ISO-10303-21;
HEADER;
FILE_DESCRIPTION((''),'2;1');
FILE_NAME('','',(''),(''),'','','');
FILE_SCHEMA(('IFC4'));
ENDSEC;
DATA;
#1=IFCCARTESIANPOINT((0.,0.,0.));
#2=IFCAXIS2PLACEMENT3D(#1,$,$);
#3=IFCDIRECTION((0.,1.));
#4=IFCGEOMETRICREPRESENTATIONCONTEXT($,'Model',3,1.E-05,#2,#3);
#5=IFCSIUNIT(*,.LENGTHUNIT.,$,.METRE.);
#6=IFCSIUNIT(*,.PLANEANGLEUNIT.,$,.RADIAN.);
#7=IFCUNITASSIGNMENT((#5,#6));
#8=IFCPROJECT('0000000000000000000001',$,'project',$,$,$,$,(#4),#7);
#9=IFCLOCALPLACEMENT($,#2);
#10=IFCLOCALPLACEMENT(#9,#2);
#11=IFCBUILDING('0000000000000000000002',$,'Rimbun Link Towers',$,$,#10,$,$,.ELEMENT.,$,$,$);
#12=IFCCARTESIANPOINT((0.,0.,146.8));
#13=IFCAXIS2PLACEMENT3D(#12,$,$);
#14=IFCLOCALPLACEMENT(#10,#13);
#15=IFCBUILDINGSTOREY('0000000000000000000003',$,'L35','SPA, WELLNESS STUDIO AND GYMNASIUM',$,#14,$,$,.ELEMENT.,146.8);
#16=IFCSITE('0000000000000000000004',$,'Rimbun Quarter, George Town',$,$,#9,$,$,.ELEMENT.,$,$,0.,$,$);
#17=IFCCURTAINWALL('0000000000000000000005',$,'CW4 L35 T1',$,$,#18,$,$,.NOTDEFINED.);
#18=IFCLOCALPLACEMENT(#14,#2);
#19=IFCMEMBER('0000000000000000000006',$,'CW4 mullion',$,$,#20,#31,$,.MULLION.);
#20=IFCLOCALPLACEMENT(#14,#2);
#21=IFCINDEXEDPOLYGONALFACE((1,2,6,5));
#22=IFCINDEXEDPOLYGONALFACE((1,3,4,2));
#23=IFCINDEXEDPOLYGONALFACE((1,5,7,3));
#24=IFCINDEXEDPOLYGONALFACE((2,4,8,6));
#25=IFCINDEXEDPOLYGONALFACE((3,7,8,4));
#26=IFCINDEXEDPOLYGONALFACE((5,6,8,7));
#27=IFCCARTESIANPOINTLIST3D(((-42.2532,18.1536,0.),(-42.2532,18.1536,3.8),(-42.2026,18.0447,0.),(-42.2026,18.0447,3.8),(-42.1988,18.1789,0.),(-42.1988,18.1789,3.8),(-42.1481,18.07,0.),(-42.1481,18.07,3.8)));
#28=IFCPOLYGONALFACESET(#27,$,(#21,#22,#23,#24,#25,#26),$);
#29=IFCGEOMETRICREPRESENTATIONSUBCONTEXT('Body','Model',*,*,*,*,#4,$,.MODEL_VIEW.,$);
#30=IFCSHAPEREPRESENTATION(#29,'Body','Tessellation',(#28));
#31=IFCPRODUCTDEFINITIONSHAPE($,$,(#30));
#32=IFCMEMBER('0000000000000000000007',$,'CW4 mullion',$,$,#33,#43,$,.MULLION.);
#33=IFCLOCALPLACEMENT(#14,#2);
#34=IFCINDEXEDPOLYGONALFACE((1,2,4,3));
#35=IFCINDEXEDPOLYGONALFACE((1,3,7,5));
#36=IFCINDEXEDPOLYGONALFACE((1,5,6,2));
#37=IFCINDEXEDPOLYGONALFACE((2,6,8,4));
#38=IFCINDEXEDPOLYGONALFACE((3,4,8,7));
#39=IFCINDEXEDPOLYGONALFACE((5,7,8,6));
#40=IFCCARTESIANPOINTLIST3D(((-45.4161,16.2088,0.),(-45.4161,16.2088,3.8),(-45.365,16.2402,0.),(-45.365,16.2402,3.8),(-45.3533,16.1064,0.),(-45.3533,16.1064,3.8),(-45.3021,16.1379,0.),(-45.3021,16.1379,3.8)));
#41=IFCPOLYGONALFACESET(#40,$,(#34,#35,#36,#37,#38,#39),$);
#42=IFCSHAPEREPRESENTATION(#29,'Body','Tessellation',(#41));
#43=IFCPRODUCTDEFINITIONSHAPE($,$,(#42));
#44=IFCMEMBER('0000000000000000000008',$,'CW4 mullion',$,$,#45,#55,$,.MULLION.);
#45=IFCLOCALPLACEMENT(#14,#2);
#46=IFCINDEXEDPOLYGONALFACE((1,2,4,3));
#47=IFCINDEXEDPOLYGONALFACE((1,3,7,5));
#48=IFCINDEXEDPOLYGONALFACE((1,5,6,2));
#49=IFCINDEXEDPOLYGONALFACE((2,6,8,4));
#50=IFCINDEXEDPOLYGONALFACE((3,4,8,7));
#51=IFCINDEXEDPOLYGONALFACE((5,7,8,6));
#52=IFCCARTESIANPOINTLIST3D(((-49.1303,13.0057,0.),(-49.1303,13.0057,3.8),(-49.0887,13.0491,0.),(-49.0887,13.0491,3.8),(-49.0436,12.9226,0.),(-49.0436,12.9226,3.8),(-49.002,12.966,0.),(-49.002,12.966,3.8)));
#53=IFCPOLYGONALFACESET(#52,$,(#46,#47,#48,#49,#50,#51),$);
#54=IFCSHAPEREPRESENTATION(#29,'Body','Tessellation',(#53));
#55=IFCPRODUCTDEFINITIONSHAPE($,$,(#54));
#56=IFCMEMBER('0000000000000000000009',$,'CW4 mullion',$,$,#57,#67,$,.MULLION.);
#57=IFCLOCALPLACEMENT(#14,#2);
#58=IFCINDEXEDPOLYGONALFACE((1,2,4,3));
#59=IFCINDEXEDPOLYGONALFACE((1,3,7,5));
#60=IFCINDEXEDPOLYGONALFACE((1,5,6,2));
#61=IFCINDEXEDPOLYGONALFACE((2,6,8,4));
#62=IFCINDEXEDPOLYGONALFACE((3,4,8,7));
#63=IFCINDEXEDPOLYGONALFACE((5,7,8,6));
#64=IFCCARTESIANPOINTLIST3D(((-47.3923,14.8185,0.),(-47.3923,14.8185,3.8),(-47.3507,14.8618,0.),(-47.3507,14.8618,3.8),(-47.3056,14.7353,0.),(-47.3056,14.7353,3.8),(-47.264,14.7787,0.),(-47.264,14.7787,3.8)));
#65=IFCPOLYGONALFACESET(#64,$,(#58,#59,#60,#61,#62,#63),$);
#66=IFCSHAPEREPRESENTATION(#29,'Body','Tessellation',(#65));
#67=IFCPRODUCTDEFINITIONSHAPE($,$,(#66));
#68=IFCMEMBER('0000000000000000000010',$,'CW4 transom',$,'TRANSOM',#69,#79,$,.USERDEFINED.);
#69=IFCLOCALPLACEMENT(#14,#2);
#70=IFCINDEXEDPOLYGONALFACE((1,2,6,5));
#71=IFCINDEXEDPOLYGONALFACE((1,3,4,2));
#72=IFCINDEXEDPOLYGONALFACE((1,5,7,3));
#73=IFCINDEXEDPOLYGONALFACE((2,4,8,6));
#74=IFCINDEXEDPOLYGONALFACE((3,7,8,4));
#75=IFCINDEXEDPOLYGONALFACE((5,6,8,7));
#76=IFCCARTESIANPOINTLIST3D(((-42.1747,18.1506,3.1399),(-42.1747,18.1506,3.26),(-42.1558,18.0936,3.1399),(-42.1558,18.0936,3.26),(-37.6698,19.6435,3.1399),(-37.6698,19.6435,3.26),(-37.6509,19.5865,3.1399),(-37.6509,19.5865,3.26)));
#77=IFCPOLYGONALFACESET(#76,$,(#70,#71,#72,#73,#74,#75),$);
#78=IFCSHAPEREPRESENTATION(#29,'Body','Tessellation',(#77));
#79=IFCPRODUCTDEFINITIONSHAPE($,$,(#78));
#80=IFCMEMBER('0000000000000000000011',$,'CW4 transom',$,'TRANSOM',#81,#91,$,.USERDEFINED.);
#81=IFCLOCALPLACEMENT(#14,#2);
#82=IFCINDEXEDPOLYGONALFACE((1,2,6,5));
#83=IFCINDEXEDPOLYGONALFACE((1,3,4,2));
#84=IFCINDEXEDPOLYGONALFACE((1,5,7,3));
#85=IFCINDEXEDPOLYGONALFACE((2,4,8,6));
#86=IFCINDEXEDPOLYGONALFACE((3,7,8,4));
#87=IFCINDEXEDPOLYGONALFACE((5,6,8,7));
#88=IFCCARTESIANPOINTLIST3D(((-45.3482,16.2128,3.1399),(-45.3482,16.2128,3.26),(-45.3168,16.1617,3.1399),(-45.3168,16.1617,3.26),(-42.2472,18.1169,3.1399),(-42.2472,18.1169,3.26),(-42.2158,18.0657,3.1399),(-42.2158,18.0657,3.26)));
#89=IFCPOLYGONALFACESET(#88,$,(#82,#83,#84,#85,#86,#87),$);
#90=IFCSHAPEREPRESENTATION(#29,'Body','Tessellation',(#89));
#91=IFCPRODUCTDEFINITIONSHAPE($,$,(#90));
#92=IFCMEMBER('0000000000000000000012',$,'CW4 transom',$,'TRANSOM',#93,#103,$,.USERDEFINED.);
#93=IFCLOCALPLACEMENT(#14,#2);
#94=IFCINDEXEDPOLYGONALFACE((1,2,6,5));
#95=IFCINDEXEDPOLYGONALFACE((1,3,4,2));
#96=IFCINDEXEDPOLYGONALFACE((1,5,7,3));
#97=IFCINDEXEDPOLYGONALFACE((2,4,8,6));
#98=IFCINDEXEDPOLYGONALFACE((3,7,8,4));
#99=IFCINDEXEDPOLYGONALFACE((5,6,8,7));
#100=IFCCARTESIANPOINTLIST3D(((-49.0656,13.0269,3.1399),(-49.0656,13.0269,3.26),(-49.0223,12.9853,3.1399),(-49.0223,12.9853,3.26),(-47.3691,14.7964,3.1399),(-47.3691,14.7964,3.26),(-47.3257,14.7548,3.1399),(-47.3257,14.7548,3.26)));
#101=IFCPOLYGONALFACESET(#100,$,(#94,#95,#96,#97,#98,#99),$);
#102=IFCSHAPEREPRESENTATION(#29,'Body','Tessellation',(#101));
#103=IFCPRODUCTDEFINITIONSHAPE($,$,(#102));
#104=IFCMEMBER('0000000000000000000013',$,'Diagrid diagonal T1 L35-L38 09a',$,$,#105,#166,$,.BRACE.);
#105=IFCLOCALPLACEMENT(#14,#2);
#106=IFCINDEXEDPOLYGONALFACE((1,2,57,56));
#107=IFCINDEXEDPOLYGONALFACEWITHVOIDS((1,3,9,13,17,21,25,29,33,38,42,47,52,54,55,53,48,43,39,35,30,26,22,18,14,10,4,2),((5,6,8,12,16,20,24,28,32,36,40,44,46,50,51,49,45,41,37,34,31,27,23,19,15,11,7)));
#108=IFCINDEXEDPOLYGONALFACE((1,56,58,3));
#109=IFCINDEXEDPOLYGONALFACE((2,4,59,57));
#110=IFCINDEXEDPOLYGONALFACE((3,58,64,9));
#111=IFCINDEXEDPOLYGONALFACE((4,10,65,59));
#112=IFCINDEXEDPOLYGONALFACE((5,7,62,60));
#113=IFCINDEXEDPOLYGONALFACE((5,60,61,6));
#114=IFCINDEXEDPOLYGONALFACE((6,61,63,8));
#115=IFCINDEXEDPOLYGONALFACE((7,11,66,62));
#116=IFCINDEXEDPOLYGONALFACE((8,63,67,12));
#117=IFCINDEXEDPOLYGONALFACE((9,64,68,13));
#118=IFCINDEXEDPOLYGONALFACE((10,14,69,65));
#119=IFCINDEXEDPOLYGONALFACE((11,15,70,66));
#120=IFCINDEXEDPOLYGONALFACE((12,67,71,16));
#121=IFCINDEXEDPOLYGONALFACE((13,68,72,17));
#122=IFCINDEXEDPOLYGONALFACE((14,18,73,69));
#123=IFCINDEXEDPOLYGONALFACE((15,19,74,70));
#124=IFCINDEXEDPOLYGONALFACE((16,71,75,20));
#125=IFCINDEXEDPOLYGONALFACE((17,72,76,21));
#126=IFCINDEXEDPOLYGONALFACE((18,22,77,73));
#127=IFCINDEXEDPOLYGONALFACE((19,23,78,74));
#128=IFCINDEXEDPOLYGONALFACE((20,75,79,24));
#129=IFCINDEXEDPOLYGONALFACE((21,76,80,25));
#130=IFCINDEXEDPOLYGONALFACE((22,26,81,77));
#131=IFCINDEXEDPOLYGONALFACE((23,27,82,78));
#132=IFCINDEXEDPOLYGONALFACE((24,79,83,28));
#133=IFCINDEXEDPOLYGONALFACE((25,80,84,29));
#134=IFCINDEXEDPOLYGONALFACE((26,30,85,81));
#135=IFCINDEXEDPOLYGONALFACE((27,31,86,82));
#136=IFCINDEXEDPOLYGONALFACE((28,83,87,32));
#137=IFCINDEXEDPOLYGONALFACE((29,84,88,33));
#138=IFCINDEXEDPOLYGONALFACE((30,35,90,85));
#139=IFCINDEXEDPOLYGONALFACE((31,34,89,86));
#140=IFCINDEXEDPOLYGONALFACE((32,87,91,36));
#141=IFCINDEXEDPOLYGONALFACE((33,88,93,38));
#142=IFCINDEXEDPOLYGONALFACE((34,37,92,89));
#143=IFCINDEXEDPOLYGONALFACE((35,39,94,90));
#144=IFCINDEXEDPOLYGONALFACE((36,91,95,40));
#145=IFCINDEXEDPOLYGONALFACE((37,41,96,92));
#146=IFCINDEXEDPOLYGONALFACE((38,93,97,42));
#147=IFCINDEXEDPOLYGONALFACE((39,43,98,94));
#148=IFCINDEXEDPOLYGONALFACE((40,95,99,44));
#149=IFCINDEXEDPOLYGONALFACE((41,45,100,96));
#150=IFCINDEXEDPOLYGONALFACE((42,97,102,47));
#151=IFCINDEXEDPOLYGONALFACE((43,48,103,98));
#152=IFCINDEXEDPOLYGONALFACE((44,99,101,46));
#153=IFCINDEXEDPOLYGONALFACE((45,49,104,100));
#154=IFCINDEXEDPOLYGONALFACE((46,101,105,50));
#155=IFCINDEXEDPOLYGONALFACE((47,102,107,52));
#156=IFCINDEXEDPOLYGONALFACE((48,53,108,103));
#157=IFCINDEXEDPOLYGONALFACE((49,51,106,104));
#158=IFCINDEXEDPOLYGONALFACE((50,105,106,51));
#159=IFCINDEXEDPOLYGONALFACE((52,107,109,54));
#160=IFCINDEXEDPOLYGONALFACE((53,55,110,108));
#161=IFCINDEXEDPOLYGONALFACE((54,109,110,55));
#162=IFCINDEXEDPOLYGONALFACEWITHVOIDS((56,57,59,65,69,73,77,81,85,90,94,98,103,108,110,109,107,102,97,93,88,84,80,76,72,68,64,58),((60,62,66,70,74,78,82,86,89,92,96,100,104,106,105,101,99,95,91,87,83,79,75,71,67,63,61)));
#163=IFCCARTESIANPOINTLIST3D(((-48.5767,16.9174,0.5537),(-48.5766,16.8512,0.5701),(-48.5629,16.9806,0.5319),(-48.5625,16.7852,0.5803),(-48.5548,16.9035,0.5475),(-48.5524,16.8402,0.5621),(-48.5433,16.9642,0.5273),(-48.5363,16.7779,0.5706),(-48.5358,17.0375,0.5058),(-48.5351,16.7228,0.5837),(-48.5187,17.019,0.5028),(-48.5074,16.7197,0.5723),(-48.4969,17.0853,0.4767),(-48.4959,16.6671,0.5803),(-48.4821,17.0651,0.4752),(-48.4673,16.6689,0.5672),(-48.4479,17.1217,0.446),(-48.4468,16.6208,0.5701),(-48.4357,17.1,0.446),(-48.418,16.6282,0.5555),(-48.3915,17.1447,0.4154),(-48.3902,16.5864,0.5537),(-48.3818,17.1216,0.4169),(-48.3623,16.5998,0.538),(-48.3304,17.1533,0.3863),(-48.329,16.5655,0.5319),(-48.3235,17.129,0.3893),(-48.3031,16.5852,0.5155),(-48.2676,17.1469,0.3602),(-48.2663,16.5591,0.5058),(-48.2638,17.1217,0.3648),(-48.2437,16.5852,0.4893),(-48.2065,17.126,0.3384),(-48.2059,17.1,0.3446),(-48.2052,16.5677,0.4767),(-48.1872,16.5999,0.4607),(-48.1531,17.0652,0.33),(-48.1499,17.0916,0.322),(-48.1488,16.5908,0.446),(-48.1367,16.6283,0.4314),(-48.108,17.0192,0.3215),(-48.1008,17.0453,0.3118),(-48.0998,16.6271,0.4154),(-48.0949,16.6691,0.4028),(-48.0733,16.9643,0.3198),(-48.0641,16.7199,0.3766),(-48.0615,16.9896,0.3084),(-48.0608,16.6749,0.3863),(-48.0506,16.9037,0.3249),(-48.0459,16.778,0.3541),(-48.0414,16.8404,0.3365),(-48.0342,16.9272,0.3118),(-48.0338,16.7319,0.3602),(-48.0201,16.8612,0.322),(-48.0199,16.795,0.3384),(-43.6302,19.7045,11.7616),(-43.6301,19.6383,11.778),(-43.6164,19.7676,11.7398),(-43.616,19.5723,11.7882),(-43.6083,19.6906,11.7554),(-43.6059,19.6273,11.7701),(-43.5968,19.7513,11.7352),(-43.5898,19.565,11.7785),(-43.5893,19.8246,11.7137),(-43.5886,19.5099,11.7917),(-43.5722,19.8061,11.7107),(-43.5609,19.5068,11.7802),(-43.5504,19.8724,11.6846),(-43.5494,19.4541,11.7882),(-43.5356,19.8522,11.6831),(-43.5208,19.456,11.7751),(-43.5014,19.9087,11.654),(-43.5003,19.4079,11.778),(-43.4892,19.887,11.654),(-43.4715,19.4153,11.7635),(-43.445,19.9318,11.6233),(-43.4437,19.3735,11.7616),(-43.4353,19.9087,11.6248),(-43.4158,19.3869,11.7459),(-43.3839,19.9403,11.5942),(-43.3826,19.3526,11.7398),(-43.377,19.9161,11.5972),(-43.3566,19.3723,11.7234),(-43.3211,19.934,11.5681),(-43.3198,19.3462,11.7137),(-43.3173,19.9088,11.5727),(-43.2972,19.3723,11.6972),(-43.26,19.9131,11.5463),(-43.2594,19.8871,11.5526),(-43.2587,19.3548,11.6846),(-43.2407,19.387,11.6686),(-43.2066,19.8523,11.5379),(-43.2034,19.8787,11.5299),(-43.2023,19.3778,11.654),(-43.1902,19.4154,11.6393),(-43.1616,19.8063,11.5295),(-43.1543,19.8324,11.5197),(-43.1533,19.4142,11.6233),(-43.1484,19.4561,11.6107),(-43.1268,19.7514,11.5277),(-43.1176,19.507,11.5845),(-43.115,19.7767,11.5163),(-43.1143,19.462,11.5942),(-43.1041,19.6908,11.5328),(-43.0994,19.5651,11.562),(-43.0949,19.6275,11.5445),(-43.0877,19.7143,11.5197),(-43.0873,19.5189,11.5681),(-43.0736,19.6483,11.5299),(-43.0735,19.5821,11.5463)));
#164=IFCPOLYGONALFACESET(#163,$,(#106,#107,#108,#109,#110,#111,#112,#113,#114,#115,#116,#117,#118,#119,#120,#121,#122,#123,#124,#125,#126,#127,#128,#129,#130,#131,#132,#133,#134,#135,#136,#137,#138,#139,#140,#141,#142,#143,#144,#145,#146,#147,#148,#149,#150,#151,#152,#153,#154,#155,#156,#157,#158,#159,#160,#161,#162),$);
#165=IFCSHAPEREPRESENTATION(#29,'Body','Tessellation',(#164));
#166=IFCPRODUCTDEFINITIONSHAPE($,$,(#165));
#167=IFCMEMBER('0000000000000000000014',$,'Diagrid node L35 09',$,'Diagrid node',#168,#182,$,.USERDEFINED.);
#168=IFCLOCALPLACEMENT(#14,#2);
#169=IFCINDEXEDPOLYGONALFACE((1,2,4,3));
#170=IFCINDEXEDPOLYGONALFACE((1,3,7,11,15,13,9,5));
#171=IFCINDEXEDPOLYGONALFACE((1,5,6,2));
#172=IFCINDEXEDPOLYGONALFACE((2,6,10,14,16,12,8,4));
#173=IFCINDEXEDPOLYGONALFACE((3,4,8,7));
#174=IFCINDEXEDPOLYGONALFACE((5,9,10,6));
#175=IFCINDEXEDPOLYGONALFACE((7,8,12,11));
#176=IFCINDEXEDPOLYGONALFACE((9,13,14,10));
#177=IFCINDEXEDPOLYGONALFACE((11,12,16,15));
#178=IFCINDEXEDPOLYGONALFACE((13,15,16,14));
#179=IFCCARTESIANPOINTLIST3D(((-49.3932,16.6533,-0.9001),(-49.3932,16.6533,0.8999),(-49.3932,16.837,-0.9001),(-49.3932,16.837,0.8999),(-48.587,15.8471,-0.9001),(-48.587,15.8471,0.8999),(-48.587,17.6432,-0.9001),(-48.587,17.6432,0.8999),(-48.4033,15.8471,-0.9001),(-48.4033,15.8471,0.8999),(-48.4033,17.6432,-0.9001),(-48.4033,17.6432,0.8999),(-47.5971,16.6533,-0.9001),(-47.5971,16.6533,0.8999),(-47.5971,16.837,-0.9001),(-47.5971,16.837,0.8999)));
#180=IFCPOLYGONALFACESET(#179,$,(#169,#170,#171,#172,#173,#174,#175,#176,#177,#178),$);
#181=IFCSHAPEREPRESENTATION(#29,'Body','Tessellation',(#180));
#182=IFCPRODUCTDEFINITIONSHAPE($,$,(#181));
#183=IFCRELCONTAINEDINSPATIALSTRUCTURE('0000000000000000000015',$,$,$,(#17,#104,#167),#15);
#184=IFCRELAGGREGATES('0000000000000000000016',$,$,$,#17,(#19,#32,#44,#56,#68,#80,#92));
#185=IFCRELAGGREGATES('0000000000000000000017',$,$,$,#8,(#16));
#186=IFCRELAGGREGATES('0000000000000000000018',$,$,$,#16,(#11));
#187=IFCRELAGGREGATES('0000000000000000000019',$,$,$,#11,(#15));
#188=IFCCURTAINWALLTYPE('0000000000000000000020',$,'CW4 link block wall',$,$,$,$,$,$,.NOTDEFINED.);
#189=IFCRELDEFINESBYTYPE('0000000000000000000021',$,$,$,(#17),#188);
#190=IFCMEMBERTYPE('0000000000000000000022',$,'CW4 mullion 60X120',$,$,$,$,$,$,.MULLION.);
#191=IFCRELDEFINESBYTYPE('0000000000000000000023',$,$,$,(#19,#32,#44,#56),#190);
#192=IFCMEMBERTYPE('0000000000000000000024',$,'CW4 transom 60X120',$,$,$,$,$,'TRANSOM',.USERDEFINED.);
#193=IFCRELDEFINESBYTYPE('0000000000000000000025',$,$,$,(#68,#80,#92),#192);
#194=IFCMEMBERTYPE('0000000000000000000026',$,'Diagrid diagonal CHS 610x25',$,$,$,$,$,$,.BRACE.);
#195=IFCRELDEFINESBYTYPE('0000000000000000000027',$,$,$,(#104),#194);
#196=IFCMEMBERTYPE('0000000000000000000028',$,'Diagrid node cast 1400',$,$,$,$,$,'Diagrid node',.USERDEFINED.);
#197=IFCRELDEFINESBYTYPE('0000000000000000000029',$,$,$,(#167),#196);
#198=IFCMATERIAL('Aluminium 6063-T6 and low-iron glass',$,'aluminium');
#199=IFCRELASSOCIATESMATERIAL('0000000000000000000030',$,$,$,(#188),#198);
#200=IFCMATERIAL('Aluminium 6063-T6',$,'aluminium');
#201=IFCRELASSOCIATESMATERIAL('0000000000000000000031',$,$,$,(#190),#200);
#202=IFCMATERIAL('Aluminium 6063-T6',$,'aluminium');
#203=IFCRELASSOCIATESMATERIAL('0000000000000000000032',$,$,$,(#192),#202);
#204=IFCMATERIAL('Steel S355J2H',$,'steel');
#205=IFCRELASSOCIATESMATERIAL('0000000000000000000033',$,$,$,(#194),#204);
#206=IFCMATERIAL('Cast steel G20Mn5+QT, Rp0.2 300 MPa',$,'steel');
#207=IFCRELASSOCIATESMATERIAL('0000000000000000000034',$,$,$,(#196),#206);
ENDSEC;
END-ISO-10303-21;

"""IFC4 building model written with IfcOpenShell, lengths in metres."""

from ifc_helpers import new_model, si_unit, direction, frame, origin, origin_2d, place, context, subcontext, project, spatial, polyline, rectangle, hollow_circle, outline, extrude, material, material_profile, profile_set, type_object, element, aggregate, save


model = new_model("IFC4")

# Units and contexts
model_context = context("Model", 3, precision=1e-05, world=origin(), true_north=direction((0.0, 1.0)))
body_context = subcontext(model_context, "Body", "Model", "MODEL_VIEW")
ifc_project = project(units=[si_unit("LENGTHUNIT", "METRE"), si_unit("PLANEANGLEUNIT", "RADIAN")], contexts=[model_context])

# Site, building, storey
site_placement = place(None, origin())
site = spatial("IfcSite", under=ifc_project, at=site_placement, Name="Rimbun Quarter, George Town", CompositionType="ELEMENT", RefElevation=0.0)
building_placement = place(site_placement, origin())
building = spatial("IfcBuilding", under=site, at=building_placement, Name="Rimbun Link Towers", CompositionType="ELEMENT")
storey_placement = place(building_placement, frame((0.0, 0.0, 146.8)))
storey = spatial("IfcBuildingStorey", under=building, at=storey_placement, Name="L35", Description="SPA, WELLNESS STUDIO AND GYMNASIUM", CompositionType="ELEMENT", Elevation=146.8)

# Curtain wall, members
ifc_material_1 = material(Name="Aluminium 6063-T6 and low-iron glass", Category="aluminium")
curtain_wall_type = type_object("IfcCurtainWallType", Name="CW4 link block wall", PredefinedType="NOTDEFINED", material=ifc_material_1)
curtain_wall_placement = place(storey_placement, origin())
curtain_wall = element("IfcCurtainWall", 1, at=curtain_wall_placement, inside=storey, type_object=curtain_wall_type, Name="CW4 L35 T1", PredefinedType="NOTDEFINED")
ifc_material_2 = material(Name="Aluminium 6063-T6", Category="aluminium")
ifc_material_profile_1 = material_profile(ifc_material_2, rectangle(XDim=0.1201, YDim=0.0601, at=origin_2d()), Name="MULLION 60X120")
ifc_profile_set_1 = profile_set([ifc_material_profile_1], Name="Aluminium 6063-T6")
member_type_1 = type_object("IfcMemberType", Name="CW4 mullion 60X120", PredefinedType="MULLION", material=ifc_profile_set_1)
member_1_placement = place(storey_placement, frame((-42.2007, 18.1118, 0.0), z_axis=(0.0, 0.0, 1.0), x_axis=(-0.421697, 0.906737, 0.0)))
member_1 = element("IfcMember", 2, at=member_1_placement, type_object=member_type_1, Name="CW4 mullion", PredefinedType="MULLION", context=body_context, shape_type="SweptSolid", body=[
    extrude(rectangle(XDim=0.1201, YDim=0.0601, at=origin_2d()), origin(), (0.0, 0.0, 1.0), 3.8),
])
member_2_placement = place(storey_placement, frame((-45.3591, 16.1733, 0.0), z_axis=(0.0, 0.0, 1.0), x_axis=(-0.523225, 0.852194, 0.0)))
member_2 = element("IfcMember", 3, at=member_2_placement, type_object=member_type_1, Name="CW4 mullion", PredefinedType="MULLION", context=body_context, shape_type="SweptSolid", body=[
    extrude(rectangle(XDim=0.1201, YDim=0.0601, at=origin_2d()), origin(), (0.0, 0.0, 1.0), 3.8),
])
member_3_placement = place(storey_placement, frame((-49.0662, 12.9858, 0.0), z_axis=(0.0, 0.0, 1.0), x_axis=(-0.721858, 0.692041, 0.0)))
member_3 = element("IfcMember", 4, at=member_3_placement, type_object=member_type_1, Name="CW4 mullion", PredefinedType="MULLION", context=body_context, shape_type="SweptSolid", body=[
    extrude(rectangle(XDim=0.1201, YDim=0.0601, at=origin_2d()), origin(), (0.0, 0.0, 1.0), 3.8),
])
member_4_placement = place(storey_placement, frame((-47.3281, 14.7986, 0.0), z_axis=(0.0, 0.0, 1.0), x_axis=(-0.721858, 0.692041, 0.0)))
member_4 = element("IfcMember", 5, at=member_4_placement, type_object=member_type_1, Name="CW4 mullion", PredefinedType="MULLION", context=body_context, shape_type="SweptSolid", body=[
    extrude(rectangle(XDim=0.1201, YDim=0.0601, at=origin_2d()), origin(), (0.0, 0.0, 1.0), 3.8),
])
ifc_material_3 = material(Name="Aluminium 6063-T6", Category="aluminium")
ifc_material_profile_2 = material_profile(ifc_material_3, rectangle(XDim=0.0601, YDim=0.1201, at=origin_2d()), Name="TRANSOM 60X120")
ifc_profile_set_2 = profile_set([ifc_material_profile_2], Name="Aluminium 6063-T6")
member_type_2 = type_object("IfcMemberType", Name="CW4 transom 60X120", ElementType="TRANSOM", PredefinedType="USERDEFINED", material=ifc_profile_set_2)
member_5_placement = place(storey_placement, frame((-42.1653, 18.1221, 3.2), z_axis=(0.949232, 0.314576, 0.0), x_axis=(-0.314576, 0.949232, 0.0)))
member_5 = element("IfcMember", 6, at=member_5_placement, type_object=member_type_2, Name="CW4 transom", ObjectType="TRANSOM", PredefinedType="USERDEFINED", context=body_context, shape_type="SweptSolid", body=[
    extrude(rectangle(XDim=0.0601, YDim=0.1201, at=origin_2d()), origin(), (0.0, 0.0, 1.0), 4.7458),
])
member_6_placement = place(storey_placement, frame((-45.3325, 16.1873, 3.2), z_axis=(0.852185, 0.52324, 0.0), x_axis=(-0.52324, 0.852185, 0.0)))
member_6 = element("IfcMember", 7, at=member_6_placement, type_object=member_type_2, Name="CW4 transom", ObjectType="TRANSOM", PredefinedType="USERDEFINED", context=body_context, shape_type="SweptSolid", body=[
    extrude(rectangle(XDim=0.0601, YDim=0.1201, at=origin_2d()), origin(), (0.0, 0.0, 1.0), 3.6389),
])
member_7_placement = place(storey_placement, frame((-49.0439, 13.0061, 3.2), z_axis=(0.692061, 0.721839, 0.0), x_axis=(-0.721839, 0.692061, 0.0)))
member_7 = element("IfcMember", 8, at=member_7_placement, type_object=member_type_2, Name="CW4 transom", ObjectType="TRANSOM", PredefinedType="USERDEFINED", context=body_context, shape_type="SweptSolid", body=[
    extrude(rectangle(XDim=0.0601, YDim=0.1201, at=origin_2d()), origin(), (0.0, 0.0, 1.0), 2.4514),
])

# Members
ifc_material_4 = material(Name="Steel S355J2H", Category="steel")
ifc_material_profile_3 = material_profile(ifc_material_4, hollow_circle(Radius=0.3047, WallThickness=0.0249, at=origin_2d()), Name="Diagrid diagonal CHS 610x25")
ifc_profile_set_3 = profile_set([ifc_material_profile_3], Name="Steel S355J2H")
member_type_3 = type_object("IfcMemberType", Name="Diagrid diagonal CHS 610x25", PredefinedType="BRACE", material=ifc_profile_set_3)
member_8_placement = place(storey_placement, frame((-48.2983, 16.8562, 0.446), z_axis=(0.393705, 0.221832, 0.892069), x_axis=(-0.490888, 0.871223, 0.0)))
element("IfcMember", 9, at=member_8_placement, inside=storey, type_object=member_type_3, Name="Diagrid diagonal T1 L35-L38 09a", PredefinedType="BRACE", context=body_context, shape_type="SweptSolid", body=[
    extrude(hollow_circle(Radius=0.3047, WallThickness=0.0249, at=origin_2d()), origin(), (0.0, 0.0, 1.0), 12.564),
])
ifc_material_5 = material(Name="Cast steel G20Mn5+QT, Rp0.2 300 MPa", Category="steel")
ifc_material_profile_4 = material_profile(ifc_material_5, outline(polyline([(0.7, -0.5701), (0.7, 0.5701), (0.5701, 0.7), (-0.5701, 0.7), (-0.7, 0.5701), (-0.7, -0.5701), (-0.5701, -0.7), (0.5701, -0.7), (0.7, -0.5701)])), Name="NODE 1400x1400")
ifc_profile_set_4 = profile_set([ifc_material_profile_4], Name="Cast steel G20Mn5+QT, Rp0.2 300 MPa")
member_type_4 = type_object("IfcMemberType", Name="Diagrid node cast 1400", ElementType="Diagrid node", PredefinedType="USERDEFINED", material=ifc_profile_set_4)
member_9_placement = place(storey_placement, frame((-48.4951, 16.7451, -0.9001), z_axis=(0.0, 0.0, 1.0), x_axis=(-0.707107, 0.707107, 0.0)))
element("IfcMember", 10, at=member_9_placement, inside=storey, type_object=member_type_4, Name="Diagrid node L35 09", ObjectType="Diagrid node", PredefinedType="USERDEFINED", context=body_context, shape_type="SweptSolid", body=[
    extrude(outline(polyline([(0.7, -0.5701), (0.7, 0.5701), (0.5701, 0.7), (-0.5701, 0.7), (-0.7, 0.5701), (-0.7, -0.5701), (-0.5701, -0.7), (0.5701, -0.7), (0.7, -0.5701)])), origin(), (0.0, 0.0, 1.0), 1.8),
])

aggregate(curtain_wall, [member_1, member_2, member_3, member_4, member_5, member_6, member_7])

save(model, "model.ifc")
